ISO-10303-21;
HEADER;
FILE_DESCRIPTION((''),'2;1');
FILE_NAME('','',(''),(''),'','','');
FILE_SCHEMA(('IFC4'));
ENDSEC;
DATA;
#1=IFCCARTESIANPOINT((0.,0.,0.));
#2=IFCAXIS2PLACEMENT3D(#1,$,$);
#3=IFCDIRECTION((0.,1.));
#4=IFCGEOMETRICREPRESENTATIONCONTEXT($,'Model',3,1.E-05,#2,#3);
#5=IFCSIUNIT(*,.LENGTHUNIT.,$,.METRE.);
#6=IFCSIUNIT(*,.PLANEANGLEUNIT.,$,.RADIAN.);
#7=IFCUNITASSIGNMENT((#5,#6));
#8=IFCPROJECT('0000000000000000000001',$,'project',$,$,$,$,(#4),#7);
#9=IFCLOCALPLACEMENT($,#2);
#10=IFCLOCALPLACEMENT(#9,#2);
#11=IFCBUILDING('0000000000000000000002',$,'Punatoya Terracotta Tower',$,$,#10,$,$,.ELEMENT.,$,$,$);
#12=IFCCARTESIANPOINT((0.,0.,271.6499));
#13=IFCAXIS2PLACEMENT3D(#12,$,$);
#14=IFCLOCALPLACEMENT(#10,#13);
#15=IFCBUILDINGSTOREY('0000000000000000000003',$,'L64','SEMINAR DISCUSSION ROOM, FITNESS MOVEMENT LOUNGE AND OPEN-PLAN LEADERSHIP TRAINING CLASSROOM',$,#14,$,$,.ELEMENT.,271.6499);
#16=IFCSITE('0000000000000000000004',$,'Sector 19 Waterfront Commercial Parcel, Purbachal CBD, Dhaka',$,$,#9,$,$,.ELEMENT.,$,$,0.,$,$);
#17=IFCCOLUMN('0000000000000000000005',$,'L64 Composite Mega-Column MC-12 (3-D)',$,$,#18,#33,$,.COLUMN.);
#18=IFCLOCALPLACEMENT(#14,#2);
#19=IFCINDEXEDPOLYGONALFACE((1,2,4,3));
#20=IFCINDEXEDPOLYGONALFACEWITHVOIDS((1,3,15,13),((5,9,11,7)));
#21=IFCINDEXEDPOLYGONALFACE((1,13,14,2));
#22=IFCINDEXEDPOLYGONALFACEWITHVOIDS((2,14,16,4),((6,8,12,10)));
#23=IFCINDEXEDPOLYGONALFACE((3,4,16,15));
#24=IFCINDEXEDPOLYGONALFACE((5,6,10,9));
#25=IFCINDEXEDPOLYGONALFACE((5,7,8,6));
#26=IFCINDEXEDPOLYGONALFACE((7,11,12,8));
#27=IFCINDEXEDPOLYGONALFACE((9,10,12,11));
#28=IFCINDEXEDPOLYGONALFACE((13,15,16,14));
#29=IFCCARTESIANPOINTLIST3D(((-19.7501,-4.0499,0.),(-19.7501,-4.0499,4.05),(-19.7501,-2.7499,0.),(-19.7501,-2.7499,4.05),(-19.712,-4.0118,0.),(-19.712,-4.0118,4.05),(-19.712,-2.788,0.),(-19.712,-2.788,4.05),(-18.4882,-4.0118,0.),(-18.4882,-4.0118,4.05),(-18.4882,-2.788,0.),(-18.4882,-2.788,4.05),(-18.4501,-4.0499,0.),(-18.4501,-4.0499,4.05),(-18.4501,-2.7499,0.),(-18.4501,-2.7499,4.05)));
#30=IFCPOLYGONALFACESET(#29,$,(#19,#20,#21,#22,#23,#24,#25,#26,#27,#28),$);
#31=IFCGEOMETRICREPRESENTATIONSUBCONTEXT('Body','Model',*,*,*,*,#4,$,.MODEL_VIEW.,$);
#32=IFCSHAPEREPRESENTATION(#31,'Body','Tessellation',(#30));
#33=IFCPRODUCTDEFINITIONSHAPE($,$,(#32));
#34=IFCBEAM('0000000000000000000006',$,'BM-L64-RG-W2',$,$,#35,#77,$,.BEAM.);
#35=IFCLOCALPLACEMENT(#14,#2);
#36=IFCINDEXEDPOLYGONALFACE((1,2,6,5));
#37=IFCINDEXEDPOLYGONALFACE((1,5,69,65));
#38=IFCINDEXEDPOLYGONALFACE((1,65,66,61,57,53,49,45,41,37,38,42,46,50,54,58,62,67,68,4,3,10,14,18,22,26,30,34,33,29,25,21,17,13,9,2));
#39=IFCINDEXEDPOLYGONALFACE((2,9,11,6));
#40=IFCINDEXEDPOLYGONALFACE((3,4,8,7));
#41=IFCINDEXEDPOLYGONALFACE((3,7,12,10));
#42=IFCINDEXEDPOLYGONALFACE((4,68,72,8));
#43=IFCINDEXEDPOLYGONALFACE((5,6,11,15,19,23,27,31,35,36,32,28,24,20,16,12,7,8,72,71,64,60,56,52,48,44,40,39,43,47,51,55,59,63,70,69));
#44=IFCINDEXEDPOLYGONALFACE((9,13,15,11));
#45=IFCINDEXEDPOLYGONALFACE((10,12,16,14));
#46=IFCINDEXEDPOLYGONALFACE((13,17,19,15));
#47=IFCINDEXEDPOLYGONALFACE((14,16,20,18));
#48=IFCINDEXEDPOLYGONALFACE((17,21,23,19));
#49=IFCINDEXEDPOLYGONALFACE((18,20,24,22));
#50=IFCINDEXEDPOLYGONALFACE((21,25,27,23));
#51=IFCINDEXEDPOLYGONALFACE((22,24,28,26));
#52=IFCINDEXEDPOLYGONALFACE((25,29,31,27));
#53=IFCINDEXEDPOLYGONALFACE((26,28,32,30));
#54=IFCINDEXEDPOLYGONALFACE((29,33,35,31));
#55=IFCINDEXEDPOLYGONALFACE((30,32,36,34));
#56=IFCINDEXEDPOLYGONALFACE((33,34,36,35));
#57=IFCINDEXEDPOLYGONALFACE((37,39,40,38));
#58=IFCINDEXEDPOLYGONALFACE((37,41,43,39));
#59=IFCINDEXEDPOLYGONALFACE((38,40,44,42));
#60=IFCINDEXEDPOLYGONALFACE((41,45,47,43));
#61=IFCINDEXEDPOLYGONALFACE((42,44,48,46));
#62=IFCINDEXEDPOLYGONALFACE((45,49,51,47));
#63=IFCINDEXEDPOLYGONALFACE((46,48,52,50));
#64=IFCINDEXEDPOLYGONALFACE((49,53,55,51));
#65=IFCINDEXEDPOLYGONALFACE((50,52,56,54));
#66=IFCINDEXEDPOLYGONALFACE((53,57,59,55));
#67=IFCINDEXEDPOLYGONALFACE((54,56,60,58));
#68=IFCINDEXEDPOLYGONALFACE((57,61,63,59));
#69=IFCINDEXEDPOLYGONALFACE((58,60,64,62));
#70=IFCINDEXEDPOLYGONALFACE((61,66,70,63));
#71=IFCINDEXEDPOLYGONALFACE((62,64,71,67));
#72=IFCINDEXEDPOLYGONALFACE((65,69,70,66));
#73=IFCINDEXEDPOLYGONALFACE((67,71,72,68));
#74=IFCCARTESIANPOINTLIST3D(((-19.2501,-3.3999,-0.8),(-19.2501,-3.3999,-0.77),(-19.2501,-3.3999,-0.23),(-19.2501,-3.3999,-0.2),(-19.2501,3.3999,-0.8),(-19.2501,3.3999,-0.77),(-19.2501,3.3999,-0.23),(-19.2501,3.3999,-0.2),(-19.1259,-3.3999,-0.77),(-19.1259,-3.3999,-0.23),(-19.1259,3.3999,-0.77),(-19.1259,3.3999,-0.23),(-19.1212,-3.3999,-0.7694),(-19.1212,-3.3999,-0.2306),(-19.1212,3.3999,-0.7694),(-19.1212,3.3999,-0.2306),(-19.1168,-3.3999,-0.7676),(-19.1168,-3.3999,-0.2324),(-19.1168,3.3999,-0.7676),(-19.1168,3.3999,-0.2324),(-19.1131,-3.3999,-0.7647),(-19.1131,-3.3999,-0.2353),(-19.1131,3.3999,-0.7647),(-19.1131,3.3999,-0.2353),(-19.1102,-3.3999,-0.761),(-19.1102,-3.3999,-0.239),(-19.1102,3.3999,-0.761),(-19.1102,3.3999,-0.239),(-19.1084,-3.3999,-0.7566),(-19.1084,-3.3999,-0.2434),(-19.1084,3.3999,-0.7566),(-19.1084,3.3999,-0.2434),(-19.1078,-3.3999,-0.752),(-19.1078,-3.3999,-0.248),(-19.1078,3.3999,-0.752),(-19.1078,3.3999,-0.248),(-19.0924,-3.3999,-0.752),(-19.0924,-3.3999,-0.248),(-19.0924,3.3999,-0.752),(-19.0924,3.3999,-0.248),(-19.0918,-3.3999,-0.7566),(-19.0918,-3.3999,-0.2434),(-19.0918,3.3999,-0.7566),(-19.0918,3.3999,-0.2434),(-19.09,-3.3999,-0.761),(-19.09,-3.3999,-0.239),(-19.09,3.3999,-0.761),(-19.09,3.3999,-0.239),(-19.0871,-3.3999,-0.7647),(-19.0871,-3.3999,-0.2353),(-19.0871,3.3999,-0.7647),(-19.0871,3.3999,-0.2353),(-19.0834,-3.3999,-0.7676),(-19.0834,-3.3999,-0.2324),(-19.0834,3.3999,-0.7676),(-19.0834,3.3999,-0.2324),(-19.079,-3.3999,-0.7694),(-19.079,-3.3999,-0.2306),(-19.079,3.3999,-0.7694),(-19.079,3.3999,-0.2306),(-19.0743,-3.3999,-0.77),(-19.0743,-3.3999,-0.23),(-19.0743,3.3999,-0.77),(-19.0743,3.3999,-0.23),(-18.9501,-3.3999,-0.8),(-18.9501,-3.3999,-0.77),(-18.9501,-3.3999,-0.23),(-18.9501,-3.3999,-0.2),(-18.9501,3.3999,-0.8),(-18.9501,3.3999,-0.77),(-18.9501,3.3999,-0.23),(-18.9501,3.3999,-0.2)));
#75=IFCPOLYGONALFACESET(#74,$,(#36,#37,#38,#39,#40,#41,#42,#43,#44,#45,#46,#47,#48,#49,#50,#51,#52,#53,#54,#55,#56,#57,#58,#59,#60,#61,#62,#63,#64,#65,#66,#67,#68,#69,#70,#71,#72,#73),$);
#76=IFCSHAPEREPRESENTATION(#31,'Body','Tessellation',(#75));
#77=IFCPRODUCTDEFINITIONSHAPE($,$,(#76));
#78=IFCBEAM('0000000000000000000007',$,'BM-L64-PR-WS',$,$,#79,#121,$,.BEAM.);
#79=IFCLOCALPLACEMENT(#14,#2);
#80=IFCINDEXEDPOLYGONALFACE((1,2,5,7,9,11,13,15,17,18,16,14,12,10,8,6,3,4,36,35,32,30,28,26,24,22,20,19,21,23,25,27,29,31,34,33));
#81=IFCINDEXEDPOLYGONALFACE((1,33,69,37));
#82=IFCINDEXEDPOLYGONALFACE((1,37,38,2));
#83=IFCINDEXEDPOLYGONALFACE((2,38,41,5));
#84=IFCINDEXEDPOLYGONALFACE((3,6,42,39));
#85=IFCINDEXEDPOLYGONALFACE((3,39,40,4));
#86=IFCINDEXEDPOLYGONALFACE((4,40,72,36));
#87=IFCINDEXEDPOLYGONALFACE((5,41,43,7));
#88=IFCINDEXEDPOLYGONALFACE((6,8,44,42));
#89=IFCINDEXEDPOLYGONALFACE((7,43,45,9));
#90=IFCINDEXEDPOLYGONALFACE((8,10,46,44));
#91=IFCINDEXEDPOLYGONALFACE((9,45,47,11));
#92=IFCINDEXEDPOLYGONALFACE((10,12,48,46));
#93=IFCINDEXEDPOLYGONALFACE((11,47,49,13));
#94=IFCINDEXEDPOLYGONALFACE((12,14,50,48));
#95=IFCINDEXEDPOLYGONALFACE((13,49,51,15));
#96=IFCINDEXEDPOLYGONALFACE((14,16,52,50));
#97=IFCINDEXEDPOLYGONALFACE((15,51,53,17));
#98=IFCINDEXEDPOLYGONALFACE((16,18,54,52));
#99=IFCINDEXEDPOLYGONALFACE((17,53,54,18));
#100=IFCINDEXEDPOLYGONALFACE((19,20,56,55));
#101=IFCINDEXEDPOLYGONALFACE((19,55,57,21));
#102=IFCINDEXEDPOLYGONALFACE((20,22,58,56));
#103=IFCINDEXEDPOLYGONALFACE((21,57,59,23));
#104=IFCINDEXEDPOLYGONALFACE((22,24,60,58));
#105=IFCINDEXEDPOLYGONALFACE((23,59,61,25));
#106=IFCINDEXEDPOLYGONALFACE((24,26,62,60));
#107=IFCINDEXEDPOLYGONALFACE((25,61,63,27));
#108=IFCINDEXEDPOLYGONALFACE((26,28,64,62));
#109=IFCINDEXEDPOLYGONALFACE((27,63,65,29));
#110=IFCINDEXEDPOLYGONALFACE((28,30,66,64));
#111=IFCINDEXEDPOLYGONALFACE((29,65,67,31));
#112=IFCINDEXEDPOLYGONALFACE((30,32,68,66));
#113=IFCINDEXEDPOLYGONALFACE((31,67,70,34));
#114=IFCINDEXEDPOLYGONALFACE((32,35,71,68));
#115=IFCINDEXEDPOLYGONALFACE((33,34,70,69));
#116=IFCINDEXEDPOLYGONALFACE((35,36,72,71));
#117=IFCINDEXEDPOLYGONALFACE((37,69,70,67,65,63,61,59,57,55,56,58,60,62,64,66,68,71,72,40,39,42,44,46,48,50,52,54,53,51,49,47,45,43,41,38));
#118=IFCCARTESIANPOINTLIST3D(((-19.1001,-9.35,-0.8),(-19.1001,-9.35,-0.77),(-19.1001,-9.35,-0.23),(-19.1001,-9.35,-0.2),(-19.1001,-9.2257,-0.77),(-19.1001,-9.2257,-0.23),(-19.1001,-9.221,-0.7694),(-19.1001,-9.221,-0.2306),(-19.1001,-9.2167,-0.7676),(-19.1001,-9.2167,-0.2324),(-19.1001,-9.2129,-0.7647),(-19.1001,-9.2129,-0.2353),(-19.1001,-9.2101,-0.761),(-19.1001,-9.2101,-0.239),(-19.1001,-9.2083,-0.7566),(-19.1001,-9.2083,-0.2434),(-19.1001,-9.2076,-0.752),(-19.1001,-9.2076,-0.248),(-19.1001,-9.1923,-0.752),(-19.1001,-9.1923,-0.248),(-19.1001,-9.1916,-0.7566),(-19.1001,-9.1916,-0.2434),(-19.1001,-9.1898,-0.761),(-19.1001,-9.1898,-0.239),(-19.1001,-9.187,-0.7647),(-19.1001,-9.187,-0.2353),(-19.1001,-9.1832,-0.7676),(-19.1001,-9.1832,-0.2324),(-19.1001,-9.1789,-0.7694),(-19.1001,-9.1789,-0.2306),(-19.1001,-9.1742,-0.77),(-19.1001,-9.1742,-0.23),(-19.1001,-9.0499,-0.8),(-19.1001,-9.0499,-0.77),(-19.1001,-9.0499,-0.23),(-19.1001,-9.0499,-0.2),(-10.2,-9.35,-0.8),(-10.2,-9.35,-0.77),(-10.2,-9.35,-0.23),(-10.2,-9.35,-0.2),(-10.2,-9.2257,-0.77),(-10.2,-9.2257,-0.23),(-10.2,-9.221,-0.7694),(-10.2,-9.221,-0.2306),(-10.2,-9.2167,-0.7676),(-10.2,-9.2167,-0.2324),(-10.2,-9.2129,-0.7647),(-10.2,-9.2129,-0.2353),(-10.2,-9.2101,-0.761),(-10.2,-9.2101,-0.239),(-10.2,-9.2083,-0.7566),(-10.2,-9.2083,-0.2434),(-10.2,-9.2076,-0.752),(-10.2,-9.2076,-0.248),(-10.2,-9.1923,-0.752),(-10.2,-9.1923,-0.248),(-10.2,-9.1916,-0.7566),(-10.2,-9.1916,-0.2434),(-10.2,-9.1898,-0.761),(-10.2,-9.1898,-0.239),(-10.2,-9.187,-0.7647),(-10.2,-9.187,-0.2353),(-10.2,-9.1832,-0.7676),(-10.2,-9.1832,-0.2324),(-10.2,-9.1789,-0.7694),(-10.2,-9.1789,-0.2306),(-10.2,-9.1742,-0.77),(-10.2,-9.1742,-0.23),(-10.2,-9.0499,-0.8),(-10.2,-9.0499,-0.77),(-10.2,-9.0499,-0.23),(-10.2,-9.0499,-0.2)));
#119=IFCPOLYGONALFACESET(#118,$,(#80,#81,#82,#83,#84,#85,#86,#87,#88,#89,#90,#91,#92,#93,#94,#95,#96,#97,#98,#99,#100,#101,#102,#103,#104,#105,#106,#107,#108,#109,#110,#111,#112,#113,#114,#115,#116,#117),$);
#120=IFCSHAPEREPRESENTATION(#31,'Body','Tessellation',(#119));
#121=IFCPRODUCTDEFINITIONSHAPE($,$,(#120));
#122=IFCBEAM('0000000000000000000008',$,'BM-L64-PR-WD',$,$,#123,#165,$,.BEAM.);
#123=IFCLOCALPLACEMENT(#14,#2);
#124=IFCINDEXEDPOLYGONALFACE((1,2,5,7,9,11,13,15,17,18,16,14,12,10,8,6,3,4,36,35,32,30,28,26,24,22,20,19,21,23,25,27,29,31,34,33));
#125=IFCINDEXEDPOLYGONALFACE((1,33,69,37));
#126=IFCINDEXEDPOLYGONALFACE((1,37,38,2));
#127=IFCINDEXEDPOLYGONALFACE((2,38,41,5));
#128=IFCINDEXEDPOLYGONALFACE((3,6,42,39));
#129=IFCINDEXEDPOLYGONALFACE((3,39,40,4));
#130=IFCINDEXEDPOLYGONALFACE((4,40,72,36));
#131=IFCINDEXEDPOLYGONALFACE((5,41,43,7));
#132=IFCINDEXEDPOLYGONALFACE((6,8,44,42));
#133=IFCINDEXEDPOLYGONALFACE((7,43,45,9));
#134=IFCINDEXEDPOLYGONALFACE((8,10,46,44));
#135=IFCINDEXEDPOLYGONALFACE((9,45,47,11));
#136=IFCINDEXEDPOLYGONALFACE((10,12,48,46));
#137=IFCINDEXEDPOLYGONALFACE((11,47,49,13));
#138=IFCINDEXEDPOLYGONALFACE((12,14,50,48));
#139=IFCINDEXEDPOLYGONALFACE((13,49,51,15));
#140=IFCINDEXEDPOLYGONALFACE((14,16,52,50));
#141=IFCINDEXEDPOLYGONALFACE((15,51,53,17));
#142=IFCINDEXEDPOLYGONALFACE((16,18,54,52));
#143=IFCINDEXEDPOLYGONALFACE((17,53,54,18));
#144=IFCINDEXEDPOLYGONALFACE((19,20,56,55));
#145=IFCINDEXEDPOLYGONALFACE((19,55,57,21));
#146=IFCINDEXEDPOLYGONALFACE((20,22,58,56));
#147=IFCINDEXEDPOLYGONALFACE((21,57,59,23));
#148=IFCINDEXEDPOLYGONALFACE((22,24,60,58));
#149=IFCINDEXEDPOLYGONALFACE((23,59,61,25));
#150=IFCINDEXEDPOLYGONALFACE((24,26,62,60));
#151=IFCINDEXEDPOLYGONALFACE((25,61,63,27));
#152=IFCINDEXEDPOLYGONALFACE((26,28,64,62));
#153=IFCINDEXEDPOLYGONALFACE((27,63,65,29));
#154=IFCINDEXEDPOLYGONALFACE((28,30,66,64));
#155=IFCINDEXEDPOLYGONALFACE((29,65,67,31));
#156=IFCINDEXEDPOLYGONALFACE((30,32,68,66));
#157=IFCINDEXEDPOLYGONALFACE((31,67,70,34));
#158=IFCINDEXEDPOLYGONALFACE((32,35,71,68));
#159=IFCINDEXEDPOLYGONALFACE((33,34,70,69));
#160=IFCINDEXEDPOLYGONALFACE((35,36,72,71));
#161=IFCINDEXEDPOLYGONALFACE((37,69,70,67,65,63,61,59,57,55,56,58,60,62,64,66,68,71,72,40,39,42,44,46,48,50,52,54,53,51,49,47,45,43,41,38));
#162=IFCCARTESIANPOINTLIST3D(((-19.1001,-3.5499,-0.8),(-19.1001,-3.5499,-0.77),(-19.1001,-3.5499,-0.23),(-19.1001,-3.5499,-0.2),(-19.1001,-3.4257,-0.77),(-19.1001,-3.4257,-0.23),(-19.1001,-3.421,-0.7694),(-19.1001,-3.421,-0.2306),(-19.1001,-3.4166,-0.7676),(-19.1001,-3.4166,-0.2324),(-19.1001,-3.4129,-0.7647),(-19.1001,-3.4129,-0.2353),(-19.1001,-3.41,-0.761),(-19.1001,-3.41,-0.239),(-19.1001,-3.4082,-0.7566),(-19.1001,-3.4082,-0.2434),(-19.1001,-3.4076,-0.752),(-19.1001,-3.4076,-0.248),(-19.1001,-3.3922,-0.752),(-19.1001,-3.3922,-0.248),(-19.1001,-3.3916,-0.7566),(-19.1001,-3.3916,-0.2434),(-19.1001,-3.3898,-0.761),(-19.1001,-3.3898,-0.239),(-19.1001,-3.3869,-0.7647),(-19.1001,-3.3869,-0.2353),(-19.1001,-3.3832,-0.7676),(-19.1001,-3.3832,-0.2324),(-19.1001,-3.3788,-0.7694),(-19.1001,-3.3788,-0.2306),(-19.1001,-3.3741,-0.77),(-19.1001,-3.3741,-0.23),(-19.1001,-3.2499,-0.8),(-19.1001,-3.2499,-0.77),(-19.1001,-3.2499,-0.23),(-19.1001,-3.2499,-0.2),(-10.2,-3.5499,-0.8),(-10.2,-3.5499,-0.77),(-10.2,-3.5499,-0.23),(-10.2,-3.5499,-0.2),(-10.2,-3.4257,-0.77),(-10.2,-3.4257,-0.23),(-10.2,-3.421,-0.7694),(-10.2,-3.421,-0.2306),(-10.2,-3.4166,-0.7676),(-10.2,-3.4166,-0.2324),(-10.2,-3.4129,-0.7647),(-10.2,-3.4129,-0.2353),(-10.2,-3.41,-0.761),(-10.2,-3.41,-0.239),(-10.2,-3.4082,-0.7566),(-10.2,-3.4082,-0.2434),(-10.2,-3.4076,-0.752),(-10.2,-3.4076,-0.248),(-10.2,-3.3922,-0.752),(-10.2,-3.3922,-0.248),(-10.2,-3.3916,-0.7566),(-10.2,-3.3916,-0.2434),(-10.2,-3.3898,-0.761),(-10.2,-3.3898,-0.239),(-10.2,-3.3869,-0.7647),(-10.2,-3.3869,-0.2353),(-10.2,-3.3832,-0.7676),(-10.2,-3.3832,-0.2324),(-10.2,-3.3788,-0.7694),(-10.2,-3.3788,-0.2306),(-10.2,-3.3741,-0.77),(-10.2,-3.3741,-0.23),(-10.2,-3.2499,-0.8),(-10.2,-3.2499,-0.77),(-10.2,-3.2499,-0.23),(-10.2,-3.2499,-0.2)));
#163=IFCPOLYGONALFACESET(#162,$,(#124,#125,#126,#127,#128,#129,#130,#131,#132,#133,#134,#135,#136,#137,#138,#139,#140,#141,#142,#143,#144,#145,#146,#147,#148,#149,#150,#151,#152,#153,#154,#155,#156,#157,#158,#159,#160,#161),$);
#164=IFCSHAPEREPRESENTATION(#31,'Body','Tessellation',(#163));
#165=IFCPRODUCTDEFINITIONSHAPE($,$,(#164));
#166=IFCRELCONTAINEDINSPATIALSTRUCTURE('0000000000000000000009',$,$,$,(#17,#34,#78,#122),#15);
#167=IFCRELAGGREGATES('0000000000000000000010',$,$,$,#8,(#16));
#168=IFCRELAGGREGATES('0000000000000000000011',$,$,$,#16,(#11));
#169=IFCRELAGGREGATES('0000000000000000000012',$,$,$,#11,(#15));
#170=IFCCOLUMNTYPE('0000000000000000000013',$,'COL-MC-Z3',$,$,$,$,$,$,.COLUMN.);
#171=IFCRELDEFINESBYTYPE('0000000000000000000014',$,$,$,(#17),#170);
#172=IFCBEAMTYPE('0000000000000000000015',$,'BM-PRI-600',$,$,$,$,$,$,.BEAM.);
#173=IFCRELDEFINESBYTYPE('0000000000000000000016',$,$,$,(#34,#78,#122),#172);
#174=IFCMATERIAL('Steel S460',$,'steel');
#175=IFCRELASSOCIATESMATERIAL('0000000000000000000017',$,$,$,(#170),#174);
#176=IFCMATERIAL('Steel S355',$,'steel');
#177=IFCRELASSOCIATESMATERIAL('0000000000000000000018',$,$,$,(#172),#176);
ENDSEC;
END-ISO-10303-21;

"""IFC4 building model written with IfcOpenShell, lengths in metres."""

from ifc_helpers import new_model, si_unit, direction, frame, origin, origin_2d, place, context, subcontext, project, spatial, hollow_rectangle, i_section, extrude, material, material_profile, profile_set, type_object, element, save


model = new_model("IFC4")

# Units and contexts
model_context = context("Model", 3, precision=1e-05, world=origin(), true_north=direction((0.0, 1.0)))
body_context = subcontext(model_context, "Body", "Model", "MODEL_VIEW")
ifc_project = project(units=[si_unit("LENGTHUNIT", "METRE"), si_unit("PLANEANGLEUNIT", "RADIAN")], contexts=[model_context])

# Site, building, storey
site_placement = place(None, origin())
site = spatial("IfcSite", under=ifc_project, at=site_placement, Name="Sector 19 Waterfront Commercial Parcel, Purbachal CBD, Dhaka", CompositionType="ELEMENT", RefElevation=0.0)
building_placement = place(site_placement, origin())
building = spatial("IfcBuilding", under=site, at=building_placement, Name="Punatoya Terracotta Tower", CompositionType="ELEMENT")
storey_placement = place(building_placement, frame((0.0, 0.0, 271.6499)))
storey = spatial("IfcBuildingStorey", under=building, at=storey_placement, Name="L64", Description="SEMINAR DISCUSSION ROOM, FITNESS MOVEMENT LOUNGE AND OPEN-PLAN LEADERSHIP TRAINING CLASSROOM", CompositionType="ELEMENT", Elevation=271.6499)

# Column
ifc_material_1 = material(Name="Steel S460", Category="steel")
ifc_material_profile_1 = material_profile(ifc_material_1, hollow_rectangle(XDim=1.3, YDim=1.3, WallThickness=0.0381, at=origin_2d()))
ifc_profile_set_1 = profile_set([ifc_material_profile_1], Name="Steel S460")
column_type = type_object("IfcColumnType", Name="COL-MC-Z3", PredefinedType="COLUMN", material=ifc_profile_set_1)
column_placement = place(storey_placement, frame((-19.1001, -3.3999, 0.0), z_axis=(0.0, 0.0, 1.0), x_axis=(1.0, 0.0, 0.0)))
element("IfcColumn", 1, at=column_placement, inside=storey, type_object=column_type, Name="L64 Composite Mega-Column MC-12 (3-D)", PredefinedType="COLUMN", context=body_context, shape_type="SweptSolid", body=[
    extrude(hollow_rectangle(XDim=1.3, YDim=1.3, WallThickness=0.0381, at=origin_2d()), origin(), (0.0, 0.0, 1.0), 4.05),
])

# Beams
ifc_material_2 = material(Name="Steel S355", Category="steel")
ifc_material_profile_2 = material_profile(ifc_material_2, i_section(OverallWidth=0.3, OverallDepth=0.6001, WebThickness=0.0154, FlangeThickness=0.03, FilletRadius=0.0181, at=origin_2d()))
ifc_profile_set_2 = profile_set([ifc_material_profile_2], Name="Steel S355")
beam_type_1 = type_object("IfcBeamType", Name="BM-PRI-600", PredefinedType="BEAM", material=ifc_profile_set_2)
beam_1_placement = place(storey_placement, frame((-19.1001, -3.3999, -0.5), z_axis=(0.0, 1.0, 0.0), x_axis=(-1.0, 0.0, 0.0)))
element("IfcBeam", 2, at=beam_1_placement, inside=storey, type_object=beam_type_1, Name="BM-L64-RG-W2", PredefinedType="BEAM", context=body_context, shape_type="SweptSolid", body=[
    extrude(i_section(OverallWidth=0.3, OverallDepth=0.6001, WebThickness=0.0154, FlangeThickness=0.03, FilletRadius=0.0181, at=origin_2d()), origin(), (0.0, 0.0, 1.0), 6.7998),
])
for number, where, z_axis, x_axis, name in (
    (3, (-19.1001, -9.2, -0.5), (1.0, 0.0, 0.0), (0.0, 1.0, 0.0), "BM-L64-PR-WS"),
    (4, (-19.1001, -3.3999, -0.5), (1.0, 0.0, 0.0), (0.0, 1.0, 0.0), "BM-L64-PR-WD"),
):
    element("IfcBeam", number, at=place(storey_placement, frame(where, z_axis=z_axis, x_axis=x_axis)), inside=storey, type_object=beam_type_1, Name=name, PredefinedType="BEAM", context=body_context, shape_type="SweptSolid", body=[
        extrude(i_section(OverallWidth=0.3, OverallDepth=0.6001, WebThickness=0.0154, FlangeThickness=0.03, FilletRadius=0.0181, at=origin_2d()), origin(), (0.0, 0.0, 1.0), 8.9001),
    ])

save(model, "model.ifc")
